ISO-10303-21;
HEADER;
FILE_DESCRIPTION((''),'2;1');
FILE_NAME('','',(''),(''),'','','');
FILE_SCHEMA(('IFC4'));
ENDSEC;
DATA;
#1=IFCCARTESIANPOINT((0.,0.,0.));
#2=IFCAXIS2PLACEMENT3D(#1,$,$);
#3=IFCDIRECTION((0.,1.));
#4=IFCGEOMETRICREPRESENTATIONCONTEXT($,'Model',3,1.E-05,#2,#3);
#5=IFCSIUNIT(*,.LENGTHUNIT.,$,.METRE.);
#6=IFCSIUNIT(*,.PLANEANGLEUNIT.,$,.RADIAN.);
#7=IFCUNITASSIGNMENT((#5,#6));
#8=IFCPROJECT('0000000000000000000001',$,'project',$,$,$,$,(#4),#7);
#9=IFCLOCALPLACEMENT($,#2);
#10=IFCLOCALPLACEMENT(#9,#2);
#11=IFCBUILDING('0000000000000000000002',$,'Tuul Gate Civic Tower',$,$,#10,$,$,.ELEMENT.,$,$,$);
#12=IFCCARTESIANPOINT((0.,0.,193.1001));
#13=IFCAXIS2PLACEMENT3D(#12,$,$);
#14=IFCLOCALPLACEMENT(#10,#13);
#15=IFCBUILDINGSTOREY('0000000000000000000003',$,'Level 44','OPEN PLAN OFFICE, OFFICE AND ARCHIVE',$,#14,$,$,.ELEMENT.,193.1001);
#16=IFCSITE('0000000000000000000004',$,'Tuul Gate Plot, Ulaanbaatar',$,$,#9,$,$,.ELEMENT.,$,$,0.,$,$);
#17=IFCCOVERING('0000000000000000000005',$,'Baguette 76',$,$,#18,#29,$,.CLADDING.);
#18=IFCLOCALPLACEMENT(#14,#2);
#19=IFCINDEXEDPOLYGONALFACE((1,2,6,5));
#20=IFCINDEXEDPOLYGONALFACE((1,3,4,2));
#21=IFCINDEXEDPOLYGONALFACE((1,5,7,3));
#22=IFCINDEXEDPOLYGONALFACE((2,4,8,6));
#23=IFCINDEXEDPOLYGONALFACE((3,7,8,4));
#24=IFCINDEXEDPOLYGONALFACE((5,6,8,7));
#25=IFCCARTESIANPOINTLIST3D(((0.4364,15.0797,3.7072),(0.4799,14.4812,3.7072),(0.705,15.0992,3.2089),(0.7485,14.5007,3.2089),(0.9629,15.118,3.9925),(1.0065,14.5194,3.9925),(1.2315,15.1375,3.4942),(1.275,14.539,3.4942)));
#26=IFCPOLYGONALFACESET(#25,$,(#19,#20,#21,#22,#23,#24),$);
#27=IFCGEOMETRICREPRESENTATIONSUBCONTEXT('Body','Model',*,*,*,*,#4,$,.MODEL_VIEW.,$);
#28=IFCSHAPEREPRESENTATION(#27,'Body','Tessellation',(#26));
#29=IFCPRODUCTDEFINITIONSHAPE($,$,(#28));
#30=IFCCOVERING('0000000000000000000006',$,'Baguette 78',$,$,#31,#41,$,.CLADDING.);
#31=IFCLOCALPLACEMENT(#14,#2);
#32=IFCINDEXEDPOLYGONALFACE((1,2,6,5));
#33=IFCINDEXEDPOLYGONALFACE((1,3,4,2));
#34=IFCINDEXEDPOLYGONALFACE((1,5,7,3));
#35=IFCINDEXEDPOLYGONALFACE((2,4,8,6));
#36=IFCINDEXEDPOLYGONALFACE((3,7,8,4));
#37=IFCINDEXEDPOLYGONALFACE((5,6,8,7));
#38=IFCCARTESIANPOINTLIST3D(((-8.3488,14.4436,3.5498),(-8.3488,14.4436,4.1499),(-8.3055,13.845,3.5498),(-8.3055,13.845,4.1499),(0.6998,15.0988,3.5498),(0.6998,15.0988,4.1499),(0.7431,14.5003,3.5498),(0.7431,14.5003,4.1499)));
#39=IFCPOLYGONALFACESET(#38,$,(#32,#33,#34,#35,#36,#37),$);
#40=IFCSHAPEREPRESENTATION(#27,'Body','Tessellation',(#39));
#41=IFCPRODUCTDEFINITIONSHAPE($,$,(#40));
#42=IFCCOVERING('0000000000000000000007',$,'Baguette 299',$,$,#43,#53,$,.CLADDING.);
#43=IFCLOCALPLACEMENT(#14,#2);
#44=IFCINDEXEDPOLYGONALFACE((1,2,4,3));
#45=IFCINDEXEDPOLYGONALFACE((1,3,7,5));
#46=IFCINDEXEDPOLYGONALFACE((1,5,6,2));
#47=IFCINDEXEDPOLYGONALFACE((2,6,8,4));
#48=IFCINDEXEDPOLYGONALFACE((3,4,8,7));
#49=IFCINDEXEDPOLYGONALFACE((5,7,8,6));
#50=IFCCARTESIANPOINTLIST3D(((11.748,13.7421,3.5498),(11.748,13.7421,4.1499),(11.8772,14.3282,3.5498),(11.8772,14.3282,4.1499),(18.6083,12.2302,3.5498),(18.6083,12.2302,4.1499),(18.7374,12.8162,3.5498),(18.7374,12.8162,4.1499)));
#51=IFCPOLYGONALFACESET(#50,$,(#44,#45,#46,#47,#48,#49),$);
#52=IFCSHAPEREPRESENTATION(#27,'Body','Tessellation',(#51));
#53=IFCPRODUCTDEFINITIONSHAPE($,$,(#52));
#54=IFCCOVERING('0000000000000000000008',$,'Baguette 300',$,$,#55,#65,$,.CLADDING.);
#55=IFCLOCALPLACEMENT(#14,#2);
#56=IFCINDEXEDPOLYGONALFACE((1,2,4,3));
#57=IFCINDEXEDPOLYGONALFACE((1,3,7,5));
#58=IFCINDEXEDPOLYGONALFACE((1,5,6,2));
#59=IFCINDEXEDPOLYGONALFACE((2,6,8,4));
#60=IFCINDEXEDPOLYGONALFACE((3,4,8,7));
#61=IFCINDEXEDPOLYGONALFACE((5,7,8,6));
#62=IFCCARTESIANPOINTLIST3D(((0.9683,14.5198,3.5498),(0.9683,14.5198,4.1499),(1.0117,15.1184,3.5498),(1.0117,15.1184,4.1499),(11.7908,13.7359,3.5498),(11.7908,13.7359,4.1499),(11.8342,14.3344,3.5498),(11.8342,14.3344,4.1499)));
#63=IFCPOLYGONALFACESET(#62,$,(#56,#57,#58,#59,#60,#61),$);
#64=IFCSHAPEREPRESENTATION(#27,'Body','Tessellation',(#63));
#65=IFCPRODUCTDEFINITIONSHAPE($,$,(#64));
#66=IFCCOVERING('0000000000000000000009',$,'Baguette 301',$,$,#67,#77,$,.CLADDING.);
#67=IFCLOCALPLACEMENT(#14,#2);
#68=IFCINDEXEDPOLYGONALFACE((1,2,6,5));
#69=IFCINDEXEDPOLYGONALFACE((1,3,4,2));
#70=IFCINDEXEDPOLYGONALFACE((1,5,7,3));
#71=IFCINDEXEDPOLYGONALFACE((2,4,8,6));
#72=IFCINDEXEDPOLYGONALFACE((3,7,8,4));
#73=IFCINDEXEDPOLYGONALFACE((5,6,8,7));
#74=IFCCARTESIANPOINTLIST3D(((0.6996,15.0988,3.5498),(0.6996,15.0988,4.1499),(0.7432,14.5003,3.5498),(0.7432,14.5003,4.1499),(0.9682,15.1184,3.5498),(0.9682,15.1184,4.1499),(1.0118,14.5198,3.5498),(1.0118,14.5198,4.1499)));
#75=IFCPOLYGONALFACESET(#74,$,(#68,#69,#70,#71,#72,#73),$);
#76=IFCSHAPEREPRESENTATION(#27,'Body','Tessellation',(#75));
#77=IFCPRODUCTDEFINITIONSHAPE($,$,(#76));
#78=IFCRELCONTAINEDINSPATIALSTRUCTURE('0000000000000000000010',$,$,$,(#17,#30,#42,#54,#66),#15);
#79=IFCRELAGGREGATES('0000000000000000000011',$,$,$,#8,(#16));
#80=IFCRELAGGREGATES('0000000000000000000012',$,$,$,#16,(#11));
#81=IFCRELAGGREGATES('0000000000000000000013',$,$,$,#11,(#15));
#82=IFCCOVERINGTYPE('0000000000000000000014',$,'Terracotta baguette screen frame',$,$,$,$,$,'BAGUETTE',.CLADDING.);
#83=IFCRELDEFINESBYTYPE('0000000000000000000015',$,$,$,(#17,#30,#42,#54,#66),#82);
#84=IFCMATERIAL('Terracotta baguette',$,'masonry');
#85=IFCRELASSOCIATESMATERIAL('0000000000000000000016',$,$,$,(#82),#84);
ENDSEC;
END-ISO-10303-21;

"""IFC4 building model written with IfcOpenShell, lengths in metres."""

from ifc_helpers import new_model, si_unit, direction, frame, origin, origin_2d, place, context, subcontext, project, spatial, rectangle, extrude, material, material_profile, profile_set, type_object, element, save


model = new_model("IFC4")

# Units and contexts
model_context = context("Model", 3, precision=1e-05, world=origin(), true_north=direction((0.0, 1.0)))
body_context = subcontext(model_context, "Body", "Model", "MODEL_VIEW")
ifc_project = project(units=[si_unit("LENGTHUNIT", "METRE"), si_unit("PLANEANGLEUNIT", "RADIAN")], contexts=[model_context])

# Site, building, storey
site_placement = place(None, origin())
site = spatial("IfcSite", under=ifc_project, at=site_placement, Name="Tuul Gate Plot, Ulaanbaatar", CompositionType="ELEMENT", RefElevation=0.0)
building_placement = place(site_placement, origin())
building = spatial("IfcBuilding", under=site, at=building_placement, Name="Tuul Gate Civic Tower", CompositionType="ELEMENT")
storey_placement = place(building_placement, frame((0.0, 0.0, 193.1001)))
storey = spatial("IfcBuildingStorey", under=building, at=storey_placement, Name="Level 44", Description="OPEN PLAN OFFICE, OFFICE AND ARCHIVE", CompositionType="ELEMENT", Elevation=193.1001)

# Coverings
ifc_material_1 = material(Name="Terracotta baguette", Category="masonry")
ifc_material_profile_1 = material_profile(ifc_material_1, rectangle(XDim=0.6001, YDim=0.6001, at=origin_2d()), Name="Terracotta baguette screen frame")
ifc_profile_set_1 = profile_set([ifc_material_profile_1], Name="Terracotta baguette")
covering_type = type_object("IfcCoveringType", Name="Terracotta baguette screen frame", ElementType="BAGUETTE", PredefinedType="CLADDING", material=ifc_profile_set_1)
covering_1_placement = place(storey_placement, frame((0.7214, 14.7996, 3.8499), z_axis=(0.474152, 0.034484, -0.879767), x_axis=(-0.072536, 0.997366, 0.0)))
element("IfcCovering", 1, at=covering_1_placement, inside=storey, type_object=covering_type, Name="Baguette 76", PredefinedType="CLADDING", context=body_context, shape_type="SweptSolid", body=[
    extrude(rectangle(XDim=0.6001, YDim=0.6001, at=origin_2d()), origin(), (0.0, 0.0, 1.0), 0.5664),
])
covering_2_placement = place(storey_placement, frame((0.7214, 14.7996, 3.8499), z_axis=(-0.997388, -0.072228, 0.0), x_axis=(0.072228, -0.997388, 0.0)))
element("IfcCovering", 2, at=covering_2_placement, inside=storey, type_object=covering_type, Name="Baguette 78", PredefinedType="CLADDING", context=body_context, shape_type="SweptSolid", body=[
    extrude(rectangle(XDim=0.6001, YDim=0.6001, at=origin_2d()), origin(), (0.0, 0.0, 1.0), 9.0723),
])
covering_3_placement = place(storey_placement, frame((18.6729, 12.5232, 3.8499), z_axis=(-0.976564, 0.215226, 0.0), x_axis=(-0.215226, -0.976564, 0.0)))
element("IfcCovering", 3, at=covering_3_placement, inside=storey, type_object=covering_type, Name="Baguette 299", PredefinedType="CLADDING", context=body_context, shape_type="SweptSolid", body=[
    extrude(rectangle(XDim=0.6001, YDim=0.6001, at=origin_2d()), origin(), (0.0, 0.0, 1.0), 7.0249),
])
covering_4_placement = place(storey_placement, frame((11.8125, 14.0352, 3.8499), z_axis=(-0.997387, 0.072246, 0.0), x_axis=(-0.072246, -0.997387, 0.0)))
element("IfcCovering", 4, at=covering_4_placement, inside=storey, type_object=covering_type, Name="Baguette 300", PredefinedType="CLADDING", context=body_context, shape_type="SweptSolid", body=[
    extrude(rectangle(XDim=0.6001, YDim=0.6001, at=origin_2d()), origin(), (0.0, 0.0, 1.0), 10.8508),
])
covering_5_placement = place(storey_placement, frame((0.99, 14.8191, 3.8499), z_axis=(-0.997366, -0.072536, 0.0), x_axis=(0.072536, -0.997366, 0.0)))
element("IfcCovering", 5, at=covering_5_placement, inside=storey, type_object=covering_type, Name="Baguette 301", PredefinedType="CLADDING", context=body_context, shape_type="SweptSolid", body=[
    extrude(rectangle(XDim=0.6001, YDim=0.6001, at=origin_2d()), origin(), (0.0, 0.0, 1.0), 0.2693),
])

save(model, "model.ifc")
